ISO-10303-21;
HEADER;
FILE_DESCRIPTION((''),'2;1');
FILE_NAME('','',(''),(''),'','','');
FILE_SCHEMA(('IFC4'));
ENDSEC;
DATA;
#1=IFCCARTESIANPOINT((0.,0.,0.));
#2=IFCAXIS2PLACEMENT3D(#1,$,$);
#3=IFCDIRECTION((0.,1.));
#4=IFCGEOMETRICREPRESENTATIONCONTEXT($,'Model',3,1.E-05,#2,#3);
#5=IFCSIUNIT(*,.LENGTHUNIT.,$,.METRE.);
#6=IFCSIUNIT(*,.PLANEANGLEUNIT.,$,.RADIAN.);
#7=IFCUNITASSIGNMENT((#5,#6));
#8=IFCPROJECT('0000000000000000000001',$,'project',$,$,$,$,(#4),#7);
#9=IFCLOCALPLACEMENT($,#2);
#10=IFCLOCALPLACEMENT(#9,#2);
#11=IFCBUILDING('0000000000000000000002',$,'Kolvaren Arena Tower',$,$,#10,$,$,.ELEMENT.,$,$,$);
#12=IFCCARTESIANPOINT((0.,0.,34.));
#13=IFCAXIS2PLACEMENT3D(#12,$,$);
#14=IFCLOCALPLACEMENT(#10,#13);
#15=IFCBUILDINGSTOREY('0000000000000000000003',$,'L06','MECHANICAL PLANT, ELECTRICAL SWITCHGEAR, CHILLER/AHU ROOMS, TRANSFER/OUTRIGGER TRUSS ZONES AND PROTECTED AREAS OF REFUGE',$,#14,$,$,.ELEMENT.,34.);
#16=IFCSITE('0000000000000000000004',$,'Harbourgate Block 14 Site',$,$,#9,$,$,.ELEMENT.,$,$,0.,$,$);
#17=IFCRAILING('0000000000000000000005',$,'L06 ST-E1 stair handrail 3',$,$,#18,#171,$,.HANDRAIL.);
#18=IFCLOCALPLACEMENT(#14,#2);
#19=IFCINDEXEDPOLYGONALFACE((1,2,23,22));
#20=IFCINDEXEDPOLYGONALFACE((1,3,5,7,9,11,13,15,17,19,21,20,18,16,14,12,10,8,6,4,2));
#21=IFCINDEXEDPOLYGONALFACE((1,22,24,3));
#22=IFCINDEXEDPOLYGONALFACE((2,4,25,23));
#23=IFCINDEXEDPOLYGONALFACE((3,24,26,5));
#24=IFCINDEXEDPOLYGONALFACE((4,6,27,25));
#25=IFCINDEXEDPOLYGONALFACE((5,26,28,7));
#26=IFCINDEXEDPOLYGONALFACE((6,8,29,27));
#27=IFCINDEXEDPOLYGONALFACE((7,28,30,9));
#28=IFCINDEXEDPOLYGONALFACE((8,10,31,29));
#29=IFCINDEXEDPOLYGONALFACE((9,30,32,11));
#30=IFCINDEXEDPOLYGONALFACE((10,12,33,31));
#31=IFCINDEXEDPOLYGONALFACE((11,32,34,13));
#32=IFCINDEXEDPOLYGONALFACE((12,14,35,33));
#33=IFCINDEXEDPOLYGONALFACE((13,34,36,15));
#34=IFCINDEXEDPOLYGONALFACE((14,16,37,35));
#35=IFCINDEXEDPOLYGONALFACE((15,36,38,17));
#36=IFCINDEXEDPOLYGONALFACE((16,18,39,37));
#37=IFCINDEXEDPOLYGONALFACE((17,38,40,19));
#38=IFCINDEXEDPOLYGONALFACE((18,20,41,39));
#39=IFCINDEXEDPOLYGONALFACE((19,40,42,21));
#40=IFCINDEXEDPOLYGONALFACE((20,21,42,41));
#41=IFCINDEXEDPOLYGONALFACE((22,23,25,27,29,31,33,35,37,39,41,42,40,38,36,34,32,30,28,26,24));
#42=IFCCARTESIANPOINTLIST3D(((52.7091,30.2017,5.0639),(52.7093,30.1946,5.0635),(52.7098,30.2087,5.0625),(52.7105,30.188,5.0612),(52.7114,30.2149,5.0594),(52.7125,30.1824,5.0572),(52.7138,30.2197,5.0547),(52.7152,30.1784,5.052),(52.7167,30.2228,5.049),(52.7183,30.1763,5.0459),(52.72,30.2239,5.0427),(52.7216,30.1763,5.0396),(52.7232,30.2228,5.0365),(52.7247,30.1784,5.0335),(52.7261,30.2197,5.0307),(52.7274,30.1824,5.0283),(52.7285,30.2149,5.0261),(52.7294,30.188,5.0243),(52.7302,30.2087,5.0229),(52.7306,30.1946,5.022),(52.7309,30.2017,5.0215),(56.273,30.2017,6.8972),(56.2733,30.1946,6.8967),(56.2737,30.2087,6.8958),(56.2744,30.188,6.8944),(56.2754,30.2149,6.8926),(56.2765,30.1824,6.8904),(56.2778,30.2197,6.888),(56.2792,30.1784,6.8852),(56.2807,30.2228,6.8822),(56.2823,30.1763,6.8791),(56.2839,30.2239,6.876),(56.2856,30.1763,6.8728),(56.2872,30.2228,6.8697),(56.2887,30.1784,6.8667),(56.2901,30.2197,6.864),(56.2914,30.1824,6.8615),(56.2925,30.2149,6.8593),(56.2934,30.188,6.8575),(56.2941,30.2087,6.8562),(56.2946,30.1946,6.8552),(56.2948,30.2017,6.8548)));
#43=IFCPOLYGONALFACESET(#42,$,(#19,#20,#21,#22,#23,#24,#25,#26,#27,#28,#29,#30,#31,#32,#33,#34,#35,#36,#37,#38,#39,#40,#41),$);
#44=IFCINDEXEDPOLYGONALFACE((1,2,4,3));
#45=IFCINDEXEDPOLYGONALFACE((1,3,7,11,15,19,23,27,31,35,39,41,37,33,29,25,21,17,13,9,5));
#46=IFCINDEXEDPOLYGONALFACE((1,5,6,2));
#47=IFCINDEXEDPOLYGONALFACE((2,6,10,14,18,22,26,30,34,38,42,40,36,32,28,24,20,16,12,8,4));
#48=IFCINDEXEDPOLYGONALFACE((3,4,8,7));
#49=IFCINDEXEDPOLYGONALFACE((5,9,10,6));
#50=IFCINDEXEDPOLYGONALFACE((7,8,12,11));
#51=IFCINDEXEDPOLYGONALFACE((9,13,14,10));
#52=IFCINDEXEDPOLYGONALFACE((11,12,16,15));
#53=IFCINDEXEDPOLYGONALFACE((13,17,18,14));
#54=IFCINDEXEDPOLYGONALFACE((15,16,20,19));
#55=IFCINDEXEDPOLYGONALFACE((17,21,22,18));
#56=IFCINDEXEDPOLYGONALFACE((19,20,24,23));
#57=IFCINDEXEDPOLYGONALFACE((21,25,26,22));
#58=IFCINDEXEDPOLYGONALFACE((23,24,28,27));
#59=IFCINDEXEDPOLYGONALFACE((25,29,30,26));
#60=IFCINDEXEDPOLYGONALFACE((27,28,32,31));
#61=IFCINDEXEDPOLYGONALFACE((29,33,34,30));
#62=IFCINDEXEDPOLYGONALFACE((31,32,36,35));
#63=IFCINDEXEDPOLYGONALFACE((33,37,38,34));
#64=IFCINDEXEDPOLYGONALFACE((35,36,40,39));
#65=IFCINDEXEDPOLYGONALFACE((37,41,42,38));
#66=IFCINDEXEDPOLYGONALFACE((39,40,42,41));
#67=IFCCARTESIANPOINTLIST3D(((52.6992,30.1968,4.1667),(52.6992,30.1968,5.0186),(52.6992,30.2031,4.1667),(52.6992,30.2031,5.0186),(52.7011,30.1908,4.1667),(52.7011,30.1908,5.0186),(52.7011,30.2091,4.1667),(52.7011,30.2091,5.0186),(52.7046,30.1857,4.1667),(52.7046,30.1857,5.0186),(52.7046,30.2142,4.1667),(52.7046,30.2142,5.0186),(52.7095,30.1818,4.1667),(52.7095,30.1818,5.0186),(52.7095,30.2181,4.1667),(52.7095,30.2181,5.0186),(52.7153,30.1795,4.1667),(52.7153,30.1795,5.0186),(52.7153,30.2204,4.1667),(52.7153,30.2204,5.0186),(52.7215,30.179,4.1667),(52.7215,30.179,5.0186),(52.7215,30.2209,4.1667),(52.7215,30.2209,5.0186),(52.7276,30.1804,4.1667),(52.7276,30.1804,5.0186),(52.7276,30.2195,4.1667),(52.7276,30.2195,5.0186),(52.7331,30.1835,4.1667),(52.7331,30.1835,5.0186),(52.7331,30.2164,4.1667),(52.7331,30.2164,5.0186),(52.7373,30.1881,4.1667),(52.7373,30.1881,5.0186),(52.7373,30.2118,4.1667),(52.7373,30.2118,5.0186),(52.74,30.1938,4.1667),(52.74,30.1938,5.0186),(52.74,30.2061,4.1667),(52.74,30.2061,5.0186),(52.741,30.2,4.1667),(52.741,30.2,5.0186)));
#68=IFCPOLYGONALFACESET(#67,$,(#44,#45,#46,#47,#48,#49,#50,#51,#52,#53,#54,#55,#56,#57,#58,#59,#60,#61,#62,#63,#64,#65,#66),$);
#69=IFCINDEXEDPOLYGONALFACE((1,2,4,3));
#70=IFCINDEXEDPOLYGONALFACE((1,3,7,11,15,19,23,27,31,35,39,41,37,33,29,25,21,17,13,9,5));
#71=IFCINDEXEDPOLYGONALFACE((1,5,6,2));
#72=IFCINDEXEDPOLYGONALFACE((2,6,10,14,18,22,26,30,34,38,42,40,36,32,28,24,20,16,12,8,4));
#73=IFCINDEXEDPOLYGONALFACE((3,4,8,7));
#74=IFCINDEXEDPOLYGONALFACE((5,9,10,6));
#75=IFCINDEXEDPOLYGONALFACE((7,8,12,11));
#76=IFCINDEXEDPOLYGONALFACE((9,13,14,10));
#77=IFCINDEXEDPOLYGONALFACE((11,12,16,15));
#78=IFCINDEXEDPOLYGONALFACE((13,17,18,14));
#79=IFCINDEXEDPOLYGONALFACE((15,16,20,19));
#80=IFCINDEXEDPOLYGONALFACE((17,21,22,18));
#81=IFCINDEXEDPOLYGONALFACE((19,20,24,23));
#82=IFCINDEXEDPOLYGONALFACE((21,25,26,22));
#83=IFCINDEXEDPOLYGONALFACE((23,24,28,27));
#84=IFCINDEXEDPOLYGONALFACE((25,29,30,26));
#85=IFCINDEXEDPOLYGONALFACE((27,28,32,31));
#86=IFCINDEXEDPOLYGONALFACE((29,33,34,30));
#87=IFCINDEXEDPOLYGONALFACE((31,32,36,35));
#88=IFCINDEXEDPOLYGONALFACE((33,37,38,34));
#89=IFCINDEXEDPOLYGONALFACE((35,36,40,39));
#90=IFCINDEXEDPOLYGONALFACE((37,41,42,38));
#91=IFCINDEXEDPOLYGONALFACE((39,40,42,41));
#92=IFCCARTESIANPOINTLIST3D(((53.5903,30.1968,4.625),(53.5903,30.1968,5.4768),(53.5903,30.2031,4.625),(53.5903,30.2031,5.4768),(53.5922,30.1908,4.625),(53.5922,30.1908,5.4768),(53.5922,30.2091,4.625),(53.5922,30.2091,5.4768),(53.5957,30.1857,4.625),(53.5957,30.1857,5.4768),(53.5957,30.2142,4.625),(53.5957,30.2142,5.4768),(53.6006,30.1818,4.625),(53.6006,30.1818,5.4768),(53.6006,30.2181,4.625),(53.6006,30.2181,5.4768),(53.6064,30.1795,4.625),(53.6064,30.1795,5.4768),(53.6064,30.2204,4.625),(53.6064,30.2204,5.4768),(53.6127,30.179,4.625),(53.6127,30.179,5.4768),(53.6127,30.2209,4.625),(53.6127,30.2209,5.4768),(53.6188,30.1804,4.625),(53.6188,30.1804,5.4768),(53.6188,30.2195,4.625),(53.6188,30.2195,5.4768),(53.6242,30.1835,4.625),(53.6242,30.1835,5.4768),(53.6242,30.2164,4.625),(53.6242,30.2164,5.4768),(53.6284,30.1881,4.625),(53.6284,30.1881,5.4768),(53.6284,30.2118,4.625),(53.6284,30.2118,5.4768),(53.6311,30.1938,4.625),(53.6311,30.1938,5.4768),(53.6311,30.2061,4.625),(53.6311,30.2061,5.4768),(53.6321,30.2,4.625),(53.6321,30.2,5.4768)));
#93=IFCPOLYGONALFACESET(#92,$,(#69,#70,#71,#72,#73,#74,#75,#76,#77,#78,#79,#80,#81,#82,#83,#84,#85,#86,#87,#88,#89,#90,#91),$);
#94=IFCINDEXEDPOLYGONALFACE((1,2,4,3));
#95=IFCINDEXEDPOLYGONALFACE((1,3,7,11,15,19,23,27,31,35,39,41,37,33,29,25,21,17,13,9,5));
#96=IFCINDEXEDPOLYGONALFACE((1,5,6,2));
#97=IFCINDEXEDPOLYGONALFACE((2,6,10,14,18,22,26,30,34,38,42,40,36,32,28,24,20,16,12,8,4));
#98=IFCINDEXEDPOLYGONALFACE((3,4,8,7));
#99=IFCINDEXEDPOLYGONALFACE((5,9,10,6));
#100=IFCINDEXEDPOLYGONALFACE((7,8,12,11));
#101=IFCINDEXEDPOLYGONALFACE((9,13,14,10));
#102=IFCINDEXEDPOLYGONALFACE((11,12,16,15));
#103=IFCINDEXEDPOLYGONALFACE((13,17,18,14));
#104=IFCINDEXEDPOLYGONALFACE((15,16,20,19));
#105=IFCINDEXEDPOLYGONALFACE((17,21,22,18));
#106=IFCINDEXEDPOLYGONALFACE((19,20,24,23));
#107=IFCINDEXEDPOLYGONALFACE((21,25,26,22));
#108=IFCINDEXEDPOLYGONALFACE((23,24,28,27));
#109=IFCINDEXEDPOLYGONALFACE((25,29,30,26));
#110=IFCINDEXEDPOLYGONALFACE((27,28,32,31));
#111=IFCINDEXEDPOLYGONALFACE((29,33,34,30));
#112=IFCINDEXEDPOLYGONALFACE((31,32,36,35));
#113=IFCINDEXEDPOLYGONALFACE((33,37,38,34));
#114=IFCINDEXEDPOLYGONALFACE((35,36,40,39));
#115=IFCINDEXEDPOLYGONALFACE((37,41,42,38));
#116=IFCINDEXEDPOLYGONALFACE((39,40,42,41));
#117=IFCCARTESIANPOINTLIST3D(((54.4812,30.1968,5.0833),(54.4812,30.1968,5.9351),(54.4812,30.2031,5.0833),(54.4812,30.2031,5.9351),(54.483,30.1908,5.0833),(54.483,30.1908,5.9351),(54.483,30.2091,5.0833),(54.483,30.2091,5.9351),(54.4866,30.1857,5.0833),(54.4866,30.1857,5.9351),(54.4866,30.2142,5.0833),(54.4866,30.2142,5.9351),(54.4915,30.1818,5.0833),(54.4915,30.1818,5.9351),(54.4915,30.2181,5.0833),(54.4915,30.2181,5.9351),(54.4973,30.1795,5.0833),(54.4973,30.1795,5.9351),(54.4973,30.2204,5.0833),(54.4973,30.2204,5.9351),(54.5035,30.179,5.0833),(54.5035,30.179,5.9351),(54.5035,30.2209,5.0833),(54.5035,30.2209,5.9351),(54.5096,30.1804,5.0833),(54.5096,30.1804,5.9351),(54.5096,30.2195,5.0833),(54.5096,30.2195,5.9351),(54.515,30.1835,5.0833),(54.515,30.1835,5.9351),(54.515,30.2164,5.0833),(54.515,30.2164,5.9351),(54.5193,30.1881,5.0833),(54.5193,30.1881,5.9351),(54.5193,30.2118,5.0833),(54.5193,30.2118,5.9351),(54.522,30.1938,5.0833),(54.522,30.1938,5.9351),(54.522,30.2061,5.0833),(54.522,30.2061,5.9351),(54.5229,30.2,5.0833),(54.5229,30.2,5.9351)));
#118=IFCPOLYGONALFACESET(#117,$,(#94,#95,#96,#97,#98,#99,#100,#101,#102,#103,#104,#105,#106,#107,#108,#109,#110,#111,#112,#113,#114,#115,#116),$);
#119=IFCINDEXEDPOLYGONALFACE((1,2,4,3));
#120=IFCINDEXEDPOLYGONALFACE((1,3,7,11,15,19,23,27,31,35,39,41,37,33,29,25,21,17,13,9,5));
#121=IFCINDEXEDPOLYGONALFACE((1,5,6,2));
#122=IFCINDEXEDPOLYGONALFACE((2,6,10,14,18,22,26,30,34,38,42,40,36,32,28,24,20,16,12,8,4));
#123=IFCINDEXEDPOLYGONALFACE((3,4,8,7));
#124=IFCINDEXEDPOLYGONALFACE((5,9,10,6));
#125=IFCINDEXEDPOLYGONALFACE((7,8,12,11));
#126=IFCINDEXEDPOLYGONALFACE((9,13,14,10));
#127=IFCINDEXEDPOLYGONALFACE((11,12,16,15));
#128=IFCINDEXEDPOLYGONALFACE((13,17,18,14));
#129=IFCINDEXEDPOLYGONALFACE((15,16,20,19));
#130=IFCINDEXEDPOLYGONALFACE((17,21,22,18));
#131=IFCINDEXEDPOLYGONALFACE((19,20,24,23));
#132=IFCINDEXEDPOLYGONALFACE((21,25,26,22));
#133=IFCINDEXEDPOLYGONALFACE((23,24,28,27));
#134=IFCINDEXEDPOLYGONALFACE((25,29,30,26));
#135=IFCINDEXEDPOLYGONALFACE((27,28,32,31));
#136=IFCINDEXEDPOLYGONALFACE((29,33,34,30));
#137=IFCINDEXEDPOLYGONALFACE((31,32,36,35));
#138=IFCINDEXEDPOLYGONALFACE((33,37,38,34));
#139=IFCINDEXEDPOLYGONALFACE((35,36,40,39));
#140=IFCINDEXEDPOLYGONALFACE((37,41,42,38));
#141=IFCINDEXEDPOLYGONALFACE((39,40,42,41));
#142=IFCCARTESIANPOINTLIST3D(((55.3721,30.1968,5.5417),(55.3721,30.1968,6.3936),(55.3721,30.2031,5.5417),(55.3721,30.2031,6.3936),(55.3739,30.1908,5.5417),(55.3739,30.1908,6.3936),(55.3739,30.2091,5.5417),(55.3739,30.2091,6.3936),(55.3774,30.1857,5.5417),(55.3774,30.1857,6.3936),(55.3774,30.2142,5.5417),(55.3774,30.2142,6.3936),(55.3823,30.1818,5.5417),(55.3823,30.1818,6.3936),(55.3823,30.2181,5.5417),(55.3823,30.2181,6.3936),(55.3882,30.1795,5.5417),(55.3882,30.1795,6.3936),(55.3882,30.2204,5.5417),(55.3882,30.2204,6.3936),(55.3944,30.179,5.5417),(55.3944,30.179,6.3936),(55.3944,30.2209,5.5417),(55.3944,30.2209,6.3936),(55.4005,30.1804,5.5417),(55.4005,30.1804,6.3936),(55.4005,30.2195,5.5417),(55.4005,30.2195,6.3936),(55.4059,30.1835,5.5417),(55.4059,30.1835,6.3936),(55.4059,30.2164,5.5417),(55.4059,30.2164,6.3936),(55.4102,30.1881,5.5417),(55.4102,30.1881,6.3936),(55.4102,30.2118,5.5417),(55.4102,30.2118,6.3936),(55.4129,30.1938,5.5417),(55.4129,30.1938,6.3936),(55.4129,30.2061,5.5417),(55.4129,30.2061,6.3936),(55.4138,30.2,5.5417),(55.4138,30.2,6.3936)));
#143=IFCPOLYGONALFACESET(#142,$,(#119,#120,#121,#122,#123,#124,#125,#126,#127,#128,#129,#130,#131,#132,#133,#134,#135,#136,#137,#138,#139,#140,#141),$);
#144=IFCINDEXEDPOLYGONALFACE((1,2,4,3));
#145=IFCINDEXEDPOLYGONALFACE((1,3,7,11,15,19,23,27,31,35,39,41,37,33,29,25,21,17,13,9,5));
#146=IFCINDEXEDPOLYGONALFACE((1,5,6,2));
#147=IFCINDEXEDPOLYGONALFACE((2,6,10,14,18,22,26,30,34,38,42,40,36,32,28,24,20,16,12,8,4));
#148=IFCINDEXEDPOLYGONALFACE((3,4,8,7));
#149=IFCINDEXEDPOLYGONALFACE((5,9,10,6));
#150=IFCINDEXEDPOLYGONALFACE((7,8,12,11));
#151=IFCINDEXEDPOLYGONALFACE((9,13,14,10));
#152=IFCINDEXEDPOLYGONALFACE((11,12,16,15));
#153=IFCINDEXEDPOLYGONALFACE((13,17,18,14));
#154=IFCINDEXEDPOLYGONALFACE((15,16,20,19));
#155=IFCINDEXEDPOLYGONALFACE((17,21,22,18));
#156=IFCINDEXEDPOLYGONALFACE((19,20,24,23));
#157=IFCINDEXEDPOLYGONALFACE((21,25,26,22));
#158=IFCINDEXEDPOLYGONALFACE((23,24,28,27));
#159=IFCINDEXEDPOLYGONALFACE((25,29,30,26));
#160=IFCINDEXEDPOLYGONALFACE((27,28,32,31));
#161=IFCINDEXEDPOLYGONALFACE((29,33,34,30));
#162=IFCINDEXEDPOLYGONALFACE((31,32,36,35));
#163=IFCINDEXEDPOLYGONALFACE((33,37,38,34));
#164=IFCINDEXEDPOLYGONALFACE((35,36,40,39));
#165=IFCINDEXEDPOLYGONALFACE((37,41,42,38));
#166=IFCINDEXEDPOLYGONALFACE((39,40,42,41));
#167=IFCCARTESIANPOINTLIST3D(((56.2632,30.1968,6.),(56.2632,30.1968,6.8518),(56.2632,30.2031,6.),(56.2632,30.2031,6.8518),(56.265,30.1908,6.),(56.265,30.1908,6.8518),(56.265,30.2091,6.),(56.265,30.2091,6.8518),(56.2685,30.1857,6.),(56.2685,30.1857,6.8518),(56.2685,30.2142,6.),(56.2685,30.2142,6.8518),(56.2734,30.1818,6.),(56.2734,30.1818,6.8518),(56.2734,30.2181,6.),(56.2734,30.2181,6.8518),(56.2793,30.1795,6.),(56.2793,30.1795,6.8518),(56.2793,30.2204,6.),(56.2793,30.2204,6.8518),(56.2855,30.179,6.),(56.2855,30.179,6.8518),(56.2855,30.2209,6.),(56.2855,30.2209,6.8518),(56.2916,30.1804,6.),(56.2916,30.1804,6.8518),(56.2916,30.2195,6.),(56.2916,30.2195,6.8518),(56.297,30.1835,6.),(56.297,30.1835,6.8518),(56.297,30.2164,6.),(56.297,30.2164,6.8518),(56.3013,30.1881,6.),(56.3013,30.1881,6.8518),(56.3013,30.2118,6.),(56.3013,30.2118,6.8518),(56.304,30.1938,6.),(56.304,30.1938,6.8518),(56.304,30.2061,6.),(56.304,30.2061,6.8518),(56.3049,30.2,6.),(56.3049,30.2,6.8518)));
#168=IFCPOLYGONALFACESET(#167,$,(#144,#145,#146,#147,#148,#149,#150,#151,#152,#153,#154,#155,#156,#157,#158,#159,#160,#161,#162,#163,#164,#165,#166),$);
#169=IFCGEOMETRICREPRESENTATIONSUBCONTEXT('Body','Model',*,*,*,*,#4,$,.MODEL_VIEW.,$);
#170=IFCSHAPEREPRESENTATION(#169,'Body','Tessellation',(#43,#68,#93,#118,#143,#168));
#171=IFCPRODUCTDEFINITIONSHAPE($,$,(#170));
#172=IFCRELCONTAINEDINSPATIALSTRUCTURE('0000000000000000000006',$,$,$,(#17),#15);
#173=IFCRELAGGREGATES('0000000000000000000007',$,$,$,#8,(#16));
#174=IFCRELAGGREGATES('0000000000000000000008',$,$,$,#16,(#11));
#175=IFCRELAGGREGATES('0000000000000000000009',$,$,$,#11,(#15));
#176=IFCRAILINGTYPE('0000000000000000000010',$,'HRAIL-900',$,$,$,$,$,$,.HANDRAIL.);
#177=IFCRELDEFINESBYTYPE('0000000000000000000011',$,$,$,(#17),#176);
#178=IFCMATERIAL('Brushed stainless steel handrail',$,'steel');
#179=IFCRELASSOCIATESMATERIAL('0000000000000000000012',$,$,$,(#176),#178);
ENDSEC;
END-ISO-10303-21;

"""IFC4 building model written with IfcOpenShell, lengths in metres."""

from ifc_helpers import new_model, si_unit, direction, frame, origin, origin_2d, place, context, subcontext, project, spatial, circle, extrude, material, type_object, element, save


model = new_model("IFC4")

# Units and contexts
model_context = context("Model", 3, precision=1e-05, world=origin(), true_north=direction((0.0, 1.0)))
body_context = subcontext(model_context, "Body", "Model", "MODEL_VIEW")
ifc_project = project(units=[si_unit("LENGTHUNIT", "METRE"), si_unit("PLANEANGLEUNIT", "RADIAN")], contexts=[model_context])

# Site, building, storey
site_placement = place(None, origin())
site = spatial("IfcSite", under=ifc_project, at=site_placement, Name="Harbourgate Block 14 Site", CompositionType="ELEMENT", RefElevation=0.0)
building_placement = place(site_placement, origin())
building = spatial("IfcBuilding", under=site, at=building_placement, Name="Kolvaren Arena Tower", CompositionType="ELEMENT")
storey_placement = place(building_placement, frame((0.0, 0.0, 34.0)))
storey = spatial("IfcBuildingStorey", under=building, at=storey_placement, Name="L06", Description="MECHANICAL PLANT, ELECTRICAL SWITCHGEAR, CHILLER/AHU ROOMS, TRANSFER/OUTRIGGER TRUSS ZONES AND PROTECTED AREAS OF REFUGE", CompositionType="ELEMENT", Elevation=34.0)

# Railing
ifc_material_1 = material(Name="Brushed stainless steel handrail", Category="steel")
railing_type_1 = type_object("IfcRailingType", Name="HRAIL-900", PredefinedType="HANDRAIL", material=ifc_material_1)
railing_1_placement = place(storey_placement, frame((52.72, 30.2, 4.1667)))
element("IfcRailing", 1, at=railing_1_placement, inside=storey, type_object=railing_type_1, Name="L06 ST-E1 stair handrail 3", PredefinedType="HANDRAIL", context=body_context, shape_type="SweptSolid", body=[
    extrude(circle(Radius=0.0239, at=origin_2d()), frame((0.0, 0.0, 0.876), z_axis=(0.889252, 0.0, 0.457418), x_axis=(0.0, 1.0, 0.0)), (0.0, 0.0, 1.0), 4.0078),
    extrude(circle(Radius=0.021, at=origin_2d()), origin(), (0.0, 0.0, 1.0), 0.8518),
    extrude(circle(Radius=0.021, at=origin_2d()), frame((0.8911, 0.0, 0.4583)), (0.0, 0.0, 1.0), 0.8518),
    extrude(circle(Radius=0.021, at=origin_2d()), frame((1.782, 0.0, 0.9165)), (0.0, 0.0, 1.0), 0.8518),
    extrude(circle(Radius=0.021, at=origin_2d()), frame((2.6729, 0.0, 1.375)), (0.0, 0.0, 1.0), 0.8518),
    extrude(circle(Radius=0.021, at=origin_2d()), frame((3.564, 0.0, 1.8333)), (0.0, 0.0, 1.0), 0.8518),
])

save(model, "model.ifc")
